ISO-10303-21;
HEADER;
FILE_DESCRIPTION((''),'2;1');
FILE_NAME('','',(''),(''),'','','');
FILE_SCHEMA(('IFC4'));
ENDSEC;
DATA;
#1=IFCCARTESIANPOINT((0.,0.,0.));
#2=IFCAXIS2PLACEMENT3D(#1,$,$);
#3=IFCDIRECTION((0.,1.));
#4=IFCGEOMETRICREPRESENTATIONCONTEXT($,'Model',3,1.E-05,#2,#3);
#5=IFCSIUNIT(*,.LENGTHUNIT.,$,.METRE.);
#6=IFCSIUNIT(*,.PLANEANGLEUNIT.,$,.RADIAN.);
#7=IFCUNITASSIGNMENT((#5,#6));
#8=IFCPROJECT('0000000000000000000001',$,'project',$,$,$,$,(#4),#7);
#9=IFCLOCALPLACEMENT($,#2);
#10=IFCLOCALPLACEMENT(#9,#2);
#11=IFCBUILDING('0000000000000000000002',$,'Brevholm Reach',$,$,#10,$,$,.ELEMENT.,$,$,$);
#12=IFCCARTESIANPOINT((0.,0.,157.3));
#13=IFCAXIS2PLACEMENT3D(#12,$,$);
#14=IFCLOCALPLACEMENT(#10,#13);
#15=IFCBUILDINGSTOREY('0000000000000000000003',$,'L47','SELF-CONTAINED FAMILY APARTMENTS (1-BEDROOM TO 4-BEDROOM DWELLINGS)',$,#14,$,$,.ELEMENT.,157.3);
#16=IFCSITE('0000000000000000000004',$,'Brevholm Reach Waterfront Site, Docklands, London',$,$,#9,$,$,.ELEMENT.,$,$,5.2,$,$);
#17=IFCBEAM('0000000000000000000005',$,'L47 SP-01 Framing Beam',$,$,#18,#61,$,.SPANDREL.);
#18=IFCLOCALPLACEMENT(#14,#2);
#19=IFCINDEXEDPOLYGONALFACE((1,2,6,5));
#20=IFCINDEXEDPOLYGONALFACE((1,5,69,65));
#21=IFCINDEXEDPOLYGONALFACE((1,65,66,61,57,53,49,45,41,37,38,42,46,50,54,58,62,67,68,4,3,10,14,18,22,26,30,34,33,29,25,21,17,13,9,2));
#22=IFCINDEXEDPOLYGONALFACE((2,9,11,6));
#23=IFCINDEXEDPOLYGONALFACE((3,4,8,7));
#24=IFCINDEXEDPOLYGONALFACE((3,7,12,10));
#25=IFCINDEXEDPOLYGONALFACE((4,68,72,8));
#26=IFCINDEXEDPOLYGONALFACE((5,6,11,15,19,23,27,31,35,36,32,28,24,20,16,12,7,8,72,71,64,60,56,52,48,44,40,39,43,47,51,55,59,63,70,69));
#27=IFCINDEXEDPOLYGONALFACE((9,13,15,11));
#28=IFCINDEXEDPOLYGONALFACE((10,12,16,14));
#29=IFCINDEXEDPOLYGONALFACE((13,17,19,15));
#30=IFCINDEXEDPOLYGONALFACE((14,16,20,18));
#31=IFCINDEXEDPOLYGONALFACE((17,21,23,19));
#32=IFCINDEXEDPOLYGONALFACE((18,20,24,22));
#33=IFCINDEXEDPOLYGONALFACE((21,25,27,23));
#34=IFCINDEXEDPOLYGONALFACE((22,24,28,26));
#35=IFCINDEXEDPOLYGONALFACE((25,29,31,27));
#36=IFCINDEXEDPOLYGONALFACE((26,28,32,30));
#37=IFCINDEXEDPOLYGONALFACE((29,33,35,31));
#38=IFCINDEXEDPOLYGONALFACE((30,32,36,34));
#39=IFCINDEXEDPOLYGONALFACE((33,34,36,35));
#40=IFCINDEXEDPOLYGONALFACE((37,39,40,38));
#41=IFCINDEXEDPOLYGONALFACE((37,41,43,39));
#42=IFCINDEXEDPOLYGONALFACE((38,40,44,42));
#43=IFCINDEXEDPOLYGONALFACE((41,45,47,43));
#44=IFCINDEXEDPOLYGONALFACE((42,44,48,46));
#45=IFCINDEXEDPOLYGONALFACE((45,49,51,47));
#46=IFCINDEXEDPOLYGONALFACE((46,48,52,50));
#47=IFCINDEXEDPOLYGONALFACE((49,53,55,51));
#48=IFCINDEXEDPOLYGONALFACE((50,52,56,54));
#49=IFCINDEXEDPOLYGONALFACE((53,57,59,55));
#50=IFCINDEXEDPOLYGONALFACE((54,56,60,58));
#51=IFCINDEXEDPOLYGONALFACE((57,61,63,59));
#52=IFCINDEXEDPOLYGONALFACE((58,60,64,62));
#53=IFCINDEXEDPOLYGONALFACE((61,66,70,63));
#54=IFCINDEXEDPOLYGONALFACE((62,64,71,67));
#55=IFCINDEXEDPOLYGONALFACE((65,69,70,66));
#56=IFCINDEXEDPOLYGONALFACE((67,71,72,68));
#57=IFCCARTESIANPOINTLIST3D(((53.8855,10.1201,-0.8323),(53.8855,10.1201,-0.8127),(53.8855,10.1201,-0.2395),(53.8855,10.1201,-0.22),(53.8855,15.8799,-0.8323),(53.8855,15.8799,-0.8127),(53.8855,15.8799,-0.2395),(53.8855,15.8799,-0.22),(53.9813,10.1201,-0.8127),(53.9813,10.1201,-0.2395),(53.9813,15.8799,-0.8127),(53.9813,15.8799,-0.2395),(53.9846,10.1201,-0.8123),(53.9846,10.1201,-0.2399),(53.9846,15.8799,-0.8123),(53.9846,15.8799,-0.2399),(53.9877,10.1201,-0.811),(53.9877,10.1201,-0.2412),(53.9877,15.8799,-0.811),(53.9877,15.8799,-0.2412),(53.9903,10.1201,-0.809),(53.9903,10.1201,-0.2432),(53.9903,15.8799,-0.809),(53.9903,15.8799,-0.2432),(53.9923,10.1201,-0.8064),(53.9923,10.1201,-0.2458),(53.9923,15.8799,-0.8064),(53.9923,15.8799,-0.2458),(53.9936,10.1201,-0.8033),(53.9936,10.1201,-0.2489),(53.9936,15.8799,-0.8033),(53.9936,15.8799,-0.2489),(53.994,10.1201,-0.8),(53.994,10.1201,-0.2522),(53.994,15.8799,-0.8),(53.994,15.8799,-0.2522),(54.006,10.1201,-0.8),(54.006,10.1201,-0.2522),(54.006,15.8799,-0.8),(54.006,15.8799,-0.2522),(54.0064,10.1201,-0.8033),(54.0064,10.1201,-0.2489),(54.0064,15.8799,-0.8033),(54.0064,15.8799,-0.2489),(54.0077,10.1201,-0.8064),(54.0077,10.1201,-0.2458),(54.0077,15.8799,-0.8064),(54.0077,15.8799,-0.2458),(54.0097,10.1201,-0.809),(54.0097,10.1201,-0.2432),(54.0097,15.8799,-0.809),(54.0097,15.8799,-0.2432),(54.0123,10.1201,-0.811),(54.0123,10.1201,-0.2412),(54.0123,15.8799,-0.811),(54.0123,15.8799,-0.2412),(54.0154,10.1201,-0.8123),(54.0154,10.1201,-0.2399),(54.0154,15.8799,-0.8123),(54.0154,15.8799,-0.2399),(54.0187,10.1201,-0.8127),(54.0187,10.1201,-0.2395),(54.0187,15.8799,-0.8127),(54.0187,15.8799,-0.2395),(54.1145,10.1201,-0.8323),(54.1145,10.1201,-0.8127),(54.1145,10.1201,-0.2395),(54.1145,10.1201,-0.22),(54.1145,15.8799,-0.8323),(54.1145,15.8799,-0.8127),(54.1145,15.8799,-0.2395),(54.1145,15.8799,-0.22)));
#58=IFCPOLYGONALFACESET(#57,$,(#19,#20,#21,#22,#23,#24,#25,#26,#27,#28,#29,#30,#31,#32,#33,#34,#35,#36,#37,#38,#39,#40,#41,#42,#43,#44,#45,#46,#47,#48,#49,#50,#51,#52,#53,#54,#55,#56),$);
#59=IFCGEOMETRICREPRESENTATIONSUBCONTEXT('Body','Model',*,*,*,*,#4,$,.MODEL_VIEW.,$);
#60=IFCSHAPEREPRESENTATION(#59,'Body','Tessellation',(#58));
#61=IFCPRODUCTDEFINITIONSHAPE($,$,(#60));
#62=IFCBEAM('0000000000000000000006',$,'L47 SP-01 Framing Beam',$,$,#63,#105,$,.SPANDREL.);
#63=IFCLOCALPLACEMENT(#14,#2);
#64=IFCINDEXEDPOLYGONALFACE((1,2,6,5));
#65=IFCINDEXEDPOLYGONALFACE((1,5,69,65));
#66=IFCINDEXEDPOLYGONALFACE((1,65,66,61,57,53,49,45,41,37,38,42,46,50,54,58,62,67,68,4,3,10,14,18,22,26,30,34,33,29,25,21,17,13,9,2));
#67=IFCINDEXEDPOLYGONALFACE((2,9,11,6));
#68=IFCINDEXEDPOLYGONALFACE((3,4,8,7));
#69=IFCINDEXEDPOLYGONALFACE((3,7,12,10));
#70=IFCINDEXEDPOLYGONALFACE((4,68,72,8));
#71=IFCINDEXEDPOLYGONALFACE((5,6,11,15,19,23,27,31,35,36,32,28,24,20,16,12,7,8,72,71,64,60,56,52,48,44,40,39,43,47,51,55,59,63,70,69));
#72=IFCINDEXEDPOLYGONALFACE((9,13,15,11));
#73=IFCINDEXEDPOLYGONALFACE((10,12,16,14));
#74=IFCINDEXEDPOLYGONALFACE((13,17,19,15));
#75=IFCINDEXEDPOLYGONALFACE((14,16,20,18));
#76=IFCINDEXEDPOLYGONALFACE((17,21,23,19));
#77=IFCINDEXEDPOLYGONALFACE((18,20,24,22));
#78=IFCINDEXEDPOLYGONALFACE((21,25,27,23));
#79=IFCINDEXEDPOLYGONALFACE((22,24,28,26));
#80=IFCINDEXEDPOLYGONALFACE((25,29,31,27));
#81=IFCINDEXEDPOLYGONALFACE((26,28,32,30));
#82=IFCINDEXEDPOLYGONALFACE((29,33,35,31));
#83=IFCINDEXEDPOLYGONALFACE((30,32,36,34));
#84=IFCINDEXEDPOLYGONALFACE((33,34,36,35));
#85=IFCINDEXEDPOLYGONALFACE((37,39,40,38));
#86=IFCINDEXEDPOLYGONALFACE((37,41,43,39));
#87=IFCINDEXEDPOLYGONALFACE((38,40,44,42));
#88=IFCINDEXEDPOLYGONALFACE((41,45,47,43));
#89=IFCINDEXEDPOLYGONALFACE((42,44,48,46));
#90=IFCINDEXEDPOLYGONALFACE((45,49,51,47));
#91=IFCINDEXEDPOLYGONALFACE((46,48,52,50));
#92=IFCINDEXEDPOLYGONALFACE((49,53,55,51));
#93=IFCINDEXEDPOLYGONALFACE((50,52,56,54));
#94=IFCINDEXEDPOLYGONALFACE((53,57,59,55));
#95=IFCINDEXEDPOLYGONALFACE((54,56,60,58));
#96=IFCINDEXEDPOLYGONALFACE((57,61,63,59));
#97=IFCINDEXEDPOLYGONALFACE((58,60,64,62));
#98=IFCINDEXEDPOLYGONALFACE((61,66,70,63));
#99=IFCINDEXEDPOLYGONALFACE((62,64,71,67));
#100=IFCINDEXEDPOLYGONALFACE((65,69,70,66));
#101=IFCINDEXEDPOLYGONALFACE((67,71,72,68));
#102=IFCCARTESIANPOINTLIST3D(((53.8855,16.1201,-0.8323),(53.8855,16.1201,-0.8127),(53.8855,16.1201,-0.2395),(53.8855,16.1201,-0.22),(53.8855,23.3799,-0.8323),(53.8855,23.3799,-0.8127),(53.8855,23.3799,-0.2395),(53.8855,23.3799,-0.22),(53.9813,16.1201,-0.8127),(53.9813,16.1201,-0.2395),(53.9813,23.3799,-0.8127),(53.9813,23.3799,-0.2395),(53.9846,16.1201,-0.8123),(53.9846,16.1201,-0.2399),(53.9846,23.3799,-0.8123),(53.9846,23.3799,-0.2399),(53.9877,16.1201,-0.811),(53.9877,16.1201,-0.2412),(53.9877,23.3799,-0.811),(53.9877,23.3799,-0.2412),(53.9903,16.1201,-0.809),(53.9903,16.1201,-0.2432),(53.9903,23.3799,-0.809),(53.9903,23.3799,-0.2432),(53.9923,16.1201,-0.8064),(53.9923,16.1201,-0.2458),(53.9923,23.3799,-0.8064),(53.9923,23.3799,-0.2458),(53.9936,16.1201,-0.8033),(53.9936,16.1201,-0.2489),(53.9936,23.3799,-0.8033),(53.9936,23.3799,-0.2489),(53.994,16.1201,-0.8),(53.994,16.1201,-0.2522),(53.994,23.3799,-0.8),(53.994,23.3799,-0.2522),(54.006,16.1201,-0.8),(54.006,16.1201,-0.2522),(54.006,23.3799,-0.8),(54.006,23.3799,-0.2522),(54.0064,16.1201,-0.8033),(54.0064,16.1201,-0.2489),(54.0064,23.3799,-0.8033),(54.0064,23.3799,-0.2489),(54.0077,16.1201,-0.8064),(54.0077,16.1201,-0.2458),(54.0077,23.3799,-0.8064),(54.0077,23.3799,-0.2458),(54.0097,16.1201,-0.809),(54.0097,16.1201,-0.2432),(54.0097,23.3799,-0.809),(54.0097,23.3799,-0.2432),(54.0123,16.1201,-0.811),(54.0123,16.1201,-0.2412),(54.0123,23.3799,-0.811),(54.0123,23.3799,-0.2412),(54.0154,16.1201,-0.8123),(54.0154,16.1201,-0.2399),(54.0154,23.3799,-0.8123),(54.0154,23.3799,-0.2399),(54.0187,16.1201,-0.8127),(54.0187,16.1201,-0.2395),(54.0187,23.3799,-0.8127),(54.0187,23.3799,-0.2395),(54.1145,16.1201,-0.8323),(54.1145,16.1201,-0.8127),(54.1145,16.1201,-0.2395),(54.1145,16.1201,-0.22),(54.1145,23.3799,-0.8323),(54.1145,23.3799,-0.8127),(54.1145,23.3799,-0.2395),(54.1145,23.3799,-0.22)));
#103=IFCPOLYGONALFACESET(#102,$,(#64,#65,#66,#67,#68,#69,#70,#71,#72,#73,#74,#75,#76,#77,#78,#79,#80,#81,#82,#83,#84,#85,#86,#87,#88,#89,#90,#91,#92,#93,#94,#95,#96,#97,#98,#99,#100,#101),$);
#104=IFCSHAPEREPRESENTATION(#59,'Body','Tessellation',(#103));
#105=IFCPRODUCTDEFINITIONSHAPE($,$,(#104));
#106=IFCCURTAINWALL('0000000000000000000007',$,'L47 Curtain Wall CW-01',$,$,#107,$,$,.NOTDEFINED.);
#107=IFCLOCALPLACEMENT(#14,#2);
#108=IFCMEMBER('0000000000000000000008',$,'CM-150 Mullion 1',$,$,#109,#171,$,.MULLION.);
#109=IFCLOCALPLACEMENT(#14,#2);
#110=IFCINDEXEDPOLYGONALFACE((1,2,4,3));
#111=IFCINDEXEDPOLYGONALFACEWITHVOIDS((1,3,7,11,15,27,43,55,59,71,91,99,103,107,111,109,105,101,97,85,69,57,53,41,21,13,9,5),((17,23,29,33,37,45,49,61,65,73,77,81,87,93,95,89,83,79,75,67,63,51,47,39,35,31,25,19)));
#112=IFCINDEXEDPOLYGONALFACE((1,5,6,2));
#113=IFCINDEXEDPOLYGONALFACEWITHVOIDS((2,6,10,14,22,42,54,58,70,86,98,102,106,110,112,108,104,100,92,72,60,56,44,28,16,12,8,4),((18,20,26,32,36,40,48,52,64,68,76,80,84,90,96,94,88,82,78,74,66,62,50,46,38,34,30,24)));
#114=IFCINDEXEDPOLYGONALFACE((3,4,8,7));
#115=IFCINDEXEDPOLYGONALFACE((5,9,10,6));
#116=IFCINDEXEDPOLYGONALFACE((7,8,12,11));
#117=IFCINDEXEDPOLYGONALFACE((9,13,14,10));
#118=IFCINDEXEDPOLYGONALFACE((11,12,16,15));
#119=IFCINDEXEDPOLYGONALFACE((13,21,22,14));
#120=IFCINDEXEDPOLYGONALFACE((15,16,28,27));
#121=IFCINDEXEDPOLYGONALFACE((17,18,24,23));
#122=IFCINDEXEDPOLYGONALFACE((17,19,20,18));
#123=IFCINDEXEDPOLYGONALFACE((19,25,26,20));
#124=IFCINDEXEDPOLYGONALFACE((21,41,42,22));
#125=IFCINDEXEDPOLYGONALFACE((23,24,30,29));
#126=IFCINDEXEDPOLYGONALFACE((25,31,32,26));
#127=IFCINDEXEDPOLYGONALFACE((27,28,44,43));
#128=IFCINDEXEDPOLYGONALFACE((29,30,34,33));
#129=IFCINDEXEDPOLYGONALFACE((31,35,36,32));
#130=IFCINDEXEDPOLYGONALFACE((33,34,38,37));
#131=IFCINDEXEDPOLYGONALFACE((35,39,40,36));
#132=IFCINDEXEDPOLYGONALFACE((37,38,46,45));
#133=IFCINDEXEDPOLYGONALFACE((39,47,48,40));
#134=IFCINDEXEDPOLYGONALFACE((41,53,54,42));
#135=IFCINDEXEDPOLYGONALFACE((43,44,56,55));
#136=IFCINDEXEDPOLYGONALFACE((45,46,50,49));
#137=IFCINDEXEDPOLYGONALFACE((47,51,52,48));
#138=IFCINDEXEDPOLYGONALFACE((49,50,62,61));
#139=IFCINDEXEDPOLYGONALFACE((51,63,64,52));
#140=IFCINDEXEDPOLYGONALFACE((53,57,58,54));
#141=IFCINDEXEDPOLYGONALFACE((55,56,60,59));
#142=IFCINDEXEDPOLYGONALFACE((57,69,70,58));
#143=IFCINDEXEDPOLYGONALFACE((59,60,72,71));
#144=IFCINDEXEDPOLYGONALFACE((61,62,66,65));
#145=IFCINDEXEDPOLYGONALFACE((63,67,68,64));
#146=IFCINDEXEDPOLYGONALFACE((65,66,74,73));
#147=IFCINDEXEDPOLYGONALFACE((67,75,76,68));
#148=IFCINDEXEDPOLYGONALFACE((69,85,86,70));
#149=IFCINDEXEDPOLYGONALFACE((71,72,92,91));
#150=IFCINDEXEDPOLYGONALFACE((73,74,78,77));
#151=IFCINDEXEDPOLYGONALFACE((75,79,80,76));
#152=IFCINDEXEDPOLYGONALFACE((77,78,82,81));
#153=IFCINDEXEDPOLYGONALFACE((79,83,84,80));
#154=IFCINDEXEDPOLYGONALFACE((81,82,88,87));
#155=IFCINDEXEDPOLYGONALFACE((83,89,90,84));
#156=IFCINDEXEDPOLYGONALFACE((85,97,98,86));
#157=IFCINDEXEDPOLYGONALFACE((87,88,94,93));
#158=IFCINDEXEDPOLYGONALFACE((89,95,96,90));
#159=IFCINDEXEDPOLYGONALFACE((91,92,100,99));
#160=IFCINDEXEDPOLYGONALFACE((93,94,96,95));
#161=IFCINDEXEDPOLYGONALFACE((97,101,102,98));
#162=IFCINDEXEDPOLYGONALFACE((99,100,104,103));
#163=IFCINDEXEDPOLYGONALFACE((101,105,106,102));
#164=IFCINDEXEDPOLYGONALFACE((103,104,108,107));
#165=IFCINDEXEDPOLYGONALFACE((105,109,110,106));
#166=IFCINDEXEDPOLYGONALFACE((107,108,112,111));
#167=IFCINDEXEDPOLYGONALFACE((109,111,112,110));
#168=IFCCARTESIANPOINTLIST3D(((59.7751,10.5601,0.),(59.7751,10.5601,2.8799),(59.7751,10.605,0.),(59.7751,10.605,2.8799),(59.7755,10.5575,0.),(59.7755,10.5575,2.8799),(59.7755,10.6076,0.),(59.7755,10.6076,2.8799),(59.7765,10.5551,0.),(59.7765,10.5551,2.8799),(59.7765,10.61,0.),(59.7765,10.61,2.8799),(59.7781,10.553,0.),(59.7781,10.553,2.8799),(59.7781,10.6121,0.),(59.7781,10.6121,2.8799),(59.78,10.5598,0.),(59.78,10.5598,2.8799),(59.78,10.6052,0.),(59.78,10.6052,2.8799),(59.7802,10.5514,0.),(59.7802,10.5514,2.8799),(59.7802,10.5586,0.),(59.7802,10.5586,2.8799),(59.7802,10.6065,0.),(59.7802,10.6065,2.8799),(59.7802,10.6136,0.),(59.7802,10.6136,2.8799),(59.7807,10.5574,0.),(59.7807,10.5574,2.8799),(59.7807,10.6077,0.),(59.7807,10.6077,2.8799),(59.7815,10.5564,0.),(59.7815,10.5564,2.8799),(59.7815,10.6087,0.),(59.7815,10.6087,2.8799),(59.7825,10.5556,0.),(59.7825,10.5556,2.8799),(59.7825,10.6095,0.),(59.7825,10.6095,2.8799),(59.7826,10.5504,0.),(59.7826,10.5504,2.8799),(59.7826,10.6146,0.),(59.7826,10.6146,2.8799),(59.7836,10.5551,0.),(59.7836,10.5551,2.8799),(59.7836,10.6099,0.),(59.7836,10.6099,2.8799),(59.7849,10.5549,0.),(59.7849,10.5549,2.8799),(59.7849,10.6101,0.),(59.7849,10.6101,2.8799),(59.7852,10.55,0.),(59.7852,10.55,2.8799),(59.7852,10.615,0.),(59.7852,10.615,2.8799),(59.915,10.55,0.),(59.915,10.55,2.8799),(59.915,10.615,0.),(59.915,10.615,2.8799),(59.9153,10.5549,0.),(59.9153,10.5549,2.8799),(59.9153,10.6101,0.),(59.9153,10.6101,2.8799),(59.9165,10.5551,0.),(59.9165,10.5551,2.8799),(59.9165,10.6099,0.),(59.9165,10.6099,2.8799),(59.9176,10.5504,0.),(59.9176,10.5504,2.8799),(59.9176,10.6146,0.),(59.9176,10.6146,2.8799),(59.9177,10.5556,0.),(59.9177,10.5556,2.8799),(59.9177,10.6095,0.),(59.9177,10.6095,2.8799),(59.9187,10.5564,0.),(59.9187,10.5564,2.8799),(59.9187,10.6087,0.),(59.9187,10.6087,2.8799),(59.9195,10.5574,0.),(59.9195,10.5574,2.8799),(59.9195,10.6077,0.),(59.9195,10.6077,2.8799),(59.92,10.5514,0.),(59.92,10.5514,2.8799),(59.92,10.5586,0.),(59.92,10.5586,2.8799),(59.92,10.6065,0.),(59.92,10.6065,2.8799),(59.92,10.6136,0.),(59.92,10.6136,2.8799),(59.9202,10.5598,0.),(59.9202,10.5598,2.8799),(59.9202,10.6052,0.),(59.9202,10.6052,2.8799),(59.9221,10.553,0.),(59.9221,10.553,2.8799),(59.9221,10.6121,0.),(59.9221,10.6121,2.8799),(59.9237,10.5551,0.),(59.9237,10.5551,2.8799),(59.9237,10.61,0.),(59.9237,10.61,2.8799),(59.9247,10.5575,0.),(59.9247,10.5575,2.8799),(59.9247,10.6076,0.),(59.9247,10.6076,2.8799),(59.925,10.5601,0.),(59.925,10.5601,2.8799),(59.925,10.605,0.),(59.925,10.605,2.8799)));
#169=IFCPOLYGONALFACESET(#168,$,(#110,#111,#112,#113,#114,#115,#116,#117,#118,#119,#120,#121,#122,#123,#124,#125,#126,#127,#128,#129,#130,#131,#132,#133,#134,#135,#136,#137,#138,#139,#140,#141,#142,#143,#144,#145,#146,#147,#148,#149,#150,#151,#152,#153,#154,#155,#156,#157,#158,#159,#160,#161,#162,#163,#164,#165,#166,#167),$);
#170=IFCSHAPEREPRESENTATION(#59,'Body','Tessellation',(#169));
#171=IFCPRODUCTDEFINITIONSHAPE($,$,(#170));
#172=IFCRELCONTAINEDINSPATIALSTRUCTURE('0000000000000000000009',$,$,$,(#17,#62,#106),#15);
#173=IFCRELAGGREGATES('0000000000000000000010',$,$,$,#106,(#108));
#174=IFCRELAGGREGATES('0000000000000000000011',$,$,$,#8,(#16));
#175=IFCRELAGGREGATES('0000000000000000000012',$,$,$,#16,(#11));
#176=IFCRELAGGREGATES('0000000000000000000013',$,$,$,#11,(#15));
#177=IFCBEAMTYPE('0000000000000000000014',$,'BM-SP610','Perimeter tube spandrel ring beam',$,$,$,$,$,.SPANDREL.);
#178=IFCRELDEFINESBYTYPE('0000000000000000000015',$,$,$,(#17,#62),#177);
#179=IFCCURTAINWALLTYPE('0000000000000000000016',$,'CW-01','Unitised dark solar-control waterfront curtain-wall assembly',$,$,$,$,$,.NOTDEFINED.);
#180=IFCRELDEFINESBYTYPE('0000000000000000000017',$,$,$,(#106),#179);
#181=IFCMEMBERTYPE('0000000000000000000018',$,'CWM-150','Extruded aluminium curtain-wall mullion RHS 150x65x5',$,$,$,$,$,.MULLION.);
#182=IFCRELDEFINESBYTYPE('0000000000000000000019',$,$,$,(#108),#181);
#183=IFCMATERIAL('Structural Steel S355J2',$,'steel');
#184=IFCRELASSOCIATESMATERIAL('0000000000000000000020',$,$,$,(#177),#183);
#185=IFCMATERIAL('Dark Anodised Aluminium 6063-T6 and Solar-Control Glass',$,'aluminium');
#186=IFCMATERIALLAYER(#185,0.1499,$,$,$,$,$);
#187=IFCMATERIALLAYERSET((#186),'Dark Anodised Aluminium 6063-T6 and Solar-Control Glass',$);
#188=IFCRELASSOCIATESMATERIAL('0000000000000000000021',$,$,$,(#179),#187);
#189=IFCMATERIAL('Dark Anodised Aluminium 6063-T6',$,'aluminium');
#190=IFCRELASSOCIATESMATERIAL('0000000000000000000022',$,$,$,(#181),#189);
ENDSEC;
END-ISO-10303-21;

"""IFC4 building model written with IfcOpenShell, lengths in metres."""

from ifc_helpers import new_model, si_unit, direction, frame, origin, origin_2d, place, context, subcontext, project, spatial, hollow_rectangle, i_section, extrude, material, layer, layer_set, material_profile, profile_set, type_object, element, aggregate, save


model = new_model("IFC4")

# Units and contexts
model_context = context("Model", 3, precision=1e-05, world=origin(), true_north=direction((0.0, 1.0)))
body_context = subcontext(model_context, "Body", "Model", "MODEL_VIEW")
ifc_project = project(units=[si_unit("LENGTHUNIT", "METRE"), si_unit("PLANEANGLEUNIT", "RADIAN")], contexts=[model_context])

# Site, building, storey
site_placement = place(None, origin())
site = spatial("IfcSite", under=ifc_project, at=site_placement, Name="Brevholm Reach Waterfront Site, Docklands, London", CompositionType="ELEMENT", RefElevation=5.2)
building_placement = place(site_placement, origin())
building = spatial("IfcBuilding", under=site, at=building_placement, Name="Brevholm Reach", CompositionType="ELEMENT")
storey_placement = place(building_placement, frame((0.0, 0.0, 157.3)))
storey = spatial("IfcBuildingStorey", under=building, at=storey_placement, Name="L47", Description="SELF-CONTAINED FAMILY APARTMENTS (1-BEDROOM TO 4-BEDROOM DWELLINGS)", CompositionType="ELEMENT", Elevation=157.3)

# Beams
ifc_material_1 = material(Name="Structural Steel S355J2", Category="steel")
ifc_material_profile_1 = material_profile(ifc_material_1, i_section(OverallWidth=0.229, OverallDepth=0.6123, WebThickness=0.012, FlangeThickness=0.0195, FilletRadius=0.0127, at=origin_2d()), Name="UKB 610x229x125")
ifc_profile_set_1 = profile_set([ifc_material_profile_1], Name="Structural Steel S355J2")
beam_type_1 = type_object("IfcBeamType", Name="BM-SP610", Description="Perimeter tube spandrel ring beam", PredefinedType="SPANDREL", material=ifc_profile_set_1)
beam_1_placement = place(storey_placement, frame((54.0, 10.1201, -0.5261), z_axis=(0.0, 1.0, 0.0), x_axis=(-1.0, 0.0, 0.0)))
element("IfcBeam", 1, at=beam_1_placement, inside=storey, type_object=beam_type_1, Name="L47 SP-01 Framing Beam", PredefinedType="SPANDREL", context=body_context, shape_type="SweptSolid", body=[
    extrude(i_section(OverallWidth=0.229, OverallDepth=0.6123, WebThickness=0.012, FlangeThickness=0.0195, FilletRadius=0.0127, at=origin_2d()), origin(), (0.0, 0.0, 1.0), 5.7598),
])
beam_2_placement = place(storey_placement, frame((54.0, 16.1201, -0.5261), z_axis=(0.0, 1.0, 0.0), x_axis=(-1.0, 0.0, 0.0)))
element("IfcBeam", 2, at=beam_2_placement, inside=storey, type_object=beam_type_1, Name="L47 SP-01 Framing Beam", PredefinedType="SPANDREL", context=body_context, shape_type="SweptSolid", body=[
    extrude(i_section(OverallWidth=0.229, OverallDepth=0.6123, WebThickness=0.012, FlangeThickness=0.0195, FilletRadius=0.0127, at=origin_2d()), origin(), (0.0, 0.0, 1.0), 7.2598),
])

# Curtain wall, member
ifc_material_2 = material(Name="Dark Anodised Aluminium 6063-T6 and Solar-Control Glass", Category="aluminium")
ifc_layer_1 = layer(ifc_material_2, 0.1499)
ifc_layer_set_1 = layer_set([ifc_layer_1], Name="Dark Anodised Aluminium 6063-T6 and Solar-Control Glass")
curtain_wall_type = type_object("IfcCurtainWallType", Name="CW-01", Description="Unitised dark solar-control waterfront curtain-wall assembly", PredefinedType="NOTDEFINED", material=ifc_layer_set_1)
curtain_wall_placement = place(storey_placement, origin())
curtain_wall = element("IfcCurtainWall", 3, at=curtain_wall_placement, inside=storey, type_object=curtain_wall_type, Name="L47 Curtain Wall CW-01", PredefinedType="NOTDEFINED")
ifc_material_3 = material(Name="Dark Anodised Aluminium 6063-T6", Category="aluminium")
ifc_material_profile_2 = material_profile(ifc_material_3, hollow_rectangle(XDim=0.0649, YDim=0.1499, WallThickness=0.0049, InnerFilletRadius=0.0049, OuterFilletRadius=0.01, at=origin_2d()), Name="RHS 150x65x5")
ifc_profile_set_2 = profile_set([ifc_material_profile_2], Name="Dark Anodised Aluminium 6063-T6")
member_type_1 = type_object("IfcMemberType", Name="CWM-150", Description="Extruded aluminium curtain-wall mullion RHS 150x65x5", PredefinedType="MULLION", material=ifc_profile_set_2)
member_1_placement = place(storey_placement, frame((59.8501, 10.5825, 0.0), z_axis=(0.0, 0.0, 1.0), x_axis=(0.0, 1.0, 0.0)))
member_1 = element("IfcMember", 4, at=member_1_placement, type_object=member_type_1, Name="CM-150 Mullion 1", PredefinedType="MULLION", context=body_context, shape_type="SweptSolid", body=[
    extrude(hollow_rectangle(XDim=0.0649, YDim=0.1499, WallThickness=0.0049, InnerFilletRadius=0.0049, OuterFilletRadius=0.01, at=origin_2d()), origin(), (0.0, 0.0, 1.0), 2.8799),
])
aggregate(curtain_wall, [member_1])

save(model, "model.ifc")
